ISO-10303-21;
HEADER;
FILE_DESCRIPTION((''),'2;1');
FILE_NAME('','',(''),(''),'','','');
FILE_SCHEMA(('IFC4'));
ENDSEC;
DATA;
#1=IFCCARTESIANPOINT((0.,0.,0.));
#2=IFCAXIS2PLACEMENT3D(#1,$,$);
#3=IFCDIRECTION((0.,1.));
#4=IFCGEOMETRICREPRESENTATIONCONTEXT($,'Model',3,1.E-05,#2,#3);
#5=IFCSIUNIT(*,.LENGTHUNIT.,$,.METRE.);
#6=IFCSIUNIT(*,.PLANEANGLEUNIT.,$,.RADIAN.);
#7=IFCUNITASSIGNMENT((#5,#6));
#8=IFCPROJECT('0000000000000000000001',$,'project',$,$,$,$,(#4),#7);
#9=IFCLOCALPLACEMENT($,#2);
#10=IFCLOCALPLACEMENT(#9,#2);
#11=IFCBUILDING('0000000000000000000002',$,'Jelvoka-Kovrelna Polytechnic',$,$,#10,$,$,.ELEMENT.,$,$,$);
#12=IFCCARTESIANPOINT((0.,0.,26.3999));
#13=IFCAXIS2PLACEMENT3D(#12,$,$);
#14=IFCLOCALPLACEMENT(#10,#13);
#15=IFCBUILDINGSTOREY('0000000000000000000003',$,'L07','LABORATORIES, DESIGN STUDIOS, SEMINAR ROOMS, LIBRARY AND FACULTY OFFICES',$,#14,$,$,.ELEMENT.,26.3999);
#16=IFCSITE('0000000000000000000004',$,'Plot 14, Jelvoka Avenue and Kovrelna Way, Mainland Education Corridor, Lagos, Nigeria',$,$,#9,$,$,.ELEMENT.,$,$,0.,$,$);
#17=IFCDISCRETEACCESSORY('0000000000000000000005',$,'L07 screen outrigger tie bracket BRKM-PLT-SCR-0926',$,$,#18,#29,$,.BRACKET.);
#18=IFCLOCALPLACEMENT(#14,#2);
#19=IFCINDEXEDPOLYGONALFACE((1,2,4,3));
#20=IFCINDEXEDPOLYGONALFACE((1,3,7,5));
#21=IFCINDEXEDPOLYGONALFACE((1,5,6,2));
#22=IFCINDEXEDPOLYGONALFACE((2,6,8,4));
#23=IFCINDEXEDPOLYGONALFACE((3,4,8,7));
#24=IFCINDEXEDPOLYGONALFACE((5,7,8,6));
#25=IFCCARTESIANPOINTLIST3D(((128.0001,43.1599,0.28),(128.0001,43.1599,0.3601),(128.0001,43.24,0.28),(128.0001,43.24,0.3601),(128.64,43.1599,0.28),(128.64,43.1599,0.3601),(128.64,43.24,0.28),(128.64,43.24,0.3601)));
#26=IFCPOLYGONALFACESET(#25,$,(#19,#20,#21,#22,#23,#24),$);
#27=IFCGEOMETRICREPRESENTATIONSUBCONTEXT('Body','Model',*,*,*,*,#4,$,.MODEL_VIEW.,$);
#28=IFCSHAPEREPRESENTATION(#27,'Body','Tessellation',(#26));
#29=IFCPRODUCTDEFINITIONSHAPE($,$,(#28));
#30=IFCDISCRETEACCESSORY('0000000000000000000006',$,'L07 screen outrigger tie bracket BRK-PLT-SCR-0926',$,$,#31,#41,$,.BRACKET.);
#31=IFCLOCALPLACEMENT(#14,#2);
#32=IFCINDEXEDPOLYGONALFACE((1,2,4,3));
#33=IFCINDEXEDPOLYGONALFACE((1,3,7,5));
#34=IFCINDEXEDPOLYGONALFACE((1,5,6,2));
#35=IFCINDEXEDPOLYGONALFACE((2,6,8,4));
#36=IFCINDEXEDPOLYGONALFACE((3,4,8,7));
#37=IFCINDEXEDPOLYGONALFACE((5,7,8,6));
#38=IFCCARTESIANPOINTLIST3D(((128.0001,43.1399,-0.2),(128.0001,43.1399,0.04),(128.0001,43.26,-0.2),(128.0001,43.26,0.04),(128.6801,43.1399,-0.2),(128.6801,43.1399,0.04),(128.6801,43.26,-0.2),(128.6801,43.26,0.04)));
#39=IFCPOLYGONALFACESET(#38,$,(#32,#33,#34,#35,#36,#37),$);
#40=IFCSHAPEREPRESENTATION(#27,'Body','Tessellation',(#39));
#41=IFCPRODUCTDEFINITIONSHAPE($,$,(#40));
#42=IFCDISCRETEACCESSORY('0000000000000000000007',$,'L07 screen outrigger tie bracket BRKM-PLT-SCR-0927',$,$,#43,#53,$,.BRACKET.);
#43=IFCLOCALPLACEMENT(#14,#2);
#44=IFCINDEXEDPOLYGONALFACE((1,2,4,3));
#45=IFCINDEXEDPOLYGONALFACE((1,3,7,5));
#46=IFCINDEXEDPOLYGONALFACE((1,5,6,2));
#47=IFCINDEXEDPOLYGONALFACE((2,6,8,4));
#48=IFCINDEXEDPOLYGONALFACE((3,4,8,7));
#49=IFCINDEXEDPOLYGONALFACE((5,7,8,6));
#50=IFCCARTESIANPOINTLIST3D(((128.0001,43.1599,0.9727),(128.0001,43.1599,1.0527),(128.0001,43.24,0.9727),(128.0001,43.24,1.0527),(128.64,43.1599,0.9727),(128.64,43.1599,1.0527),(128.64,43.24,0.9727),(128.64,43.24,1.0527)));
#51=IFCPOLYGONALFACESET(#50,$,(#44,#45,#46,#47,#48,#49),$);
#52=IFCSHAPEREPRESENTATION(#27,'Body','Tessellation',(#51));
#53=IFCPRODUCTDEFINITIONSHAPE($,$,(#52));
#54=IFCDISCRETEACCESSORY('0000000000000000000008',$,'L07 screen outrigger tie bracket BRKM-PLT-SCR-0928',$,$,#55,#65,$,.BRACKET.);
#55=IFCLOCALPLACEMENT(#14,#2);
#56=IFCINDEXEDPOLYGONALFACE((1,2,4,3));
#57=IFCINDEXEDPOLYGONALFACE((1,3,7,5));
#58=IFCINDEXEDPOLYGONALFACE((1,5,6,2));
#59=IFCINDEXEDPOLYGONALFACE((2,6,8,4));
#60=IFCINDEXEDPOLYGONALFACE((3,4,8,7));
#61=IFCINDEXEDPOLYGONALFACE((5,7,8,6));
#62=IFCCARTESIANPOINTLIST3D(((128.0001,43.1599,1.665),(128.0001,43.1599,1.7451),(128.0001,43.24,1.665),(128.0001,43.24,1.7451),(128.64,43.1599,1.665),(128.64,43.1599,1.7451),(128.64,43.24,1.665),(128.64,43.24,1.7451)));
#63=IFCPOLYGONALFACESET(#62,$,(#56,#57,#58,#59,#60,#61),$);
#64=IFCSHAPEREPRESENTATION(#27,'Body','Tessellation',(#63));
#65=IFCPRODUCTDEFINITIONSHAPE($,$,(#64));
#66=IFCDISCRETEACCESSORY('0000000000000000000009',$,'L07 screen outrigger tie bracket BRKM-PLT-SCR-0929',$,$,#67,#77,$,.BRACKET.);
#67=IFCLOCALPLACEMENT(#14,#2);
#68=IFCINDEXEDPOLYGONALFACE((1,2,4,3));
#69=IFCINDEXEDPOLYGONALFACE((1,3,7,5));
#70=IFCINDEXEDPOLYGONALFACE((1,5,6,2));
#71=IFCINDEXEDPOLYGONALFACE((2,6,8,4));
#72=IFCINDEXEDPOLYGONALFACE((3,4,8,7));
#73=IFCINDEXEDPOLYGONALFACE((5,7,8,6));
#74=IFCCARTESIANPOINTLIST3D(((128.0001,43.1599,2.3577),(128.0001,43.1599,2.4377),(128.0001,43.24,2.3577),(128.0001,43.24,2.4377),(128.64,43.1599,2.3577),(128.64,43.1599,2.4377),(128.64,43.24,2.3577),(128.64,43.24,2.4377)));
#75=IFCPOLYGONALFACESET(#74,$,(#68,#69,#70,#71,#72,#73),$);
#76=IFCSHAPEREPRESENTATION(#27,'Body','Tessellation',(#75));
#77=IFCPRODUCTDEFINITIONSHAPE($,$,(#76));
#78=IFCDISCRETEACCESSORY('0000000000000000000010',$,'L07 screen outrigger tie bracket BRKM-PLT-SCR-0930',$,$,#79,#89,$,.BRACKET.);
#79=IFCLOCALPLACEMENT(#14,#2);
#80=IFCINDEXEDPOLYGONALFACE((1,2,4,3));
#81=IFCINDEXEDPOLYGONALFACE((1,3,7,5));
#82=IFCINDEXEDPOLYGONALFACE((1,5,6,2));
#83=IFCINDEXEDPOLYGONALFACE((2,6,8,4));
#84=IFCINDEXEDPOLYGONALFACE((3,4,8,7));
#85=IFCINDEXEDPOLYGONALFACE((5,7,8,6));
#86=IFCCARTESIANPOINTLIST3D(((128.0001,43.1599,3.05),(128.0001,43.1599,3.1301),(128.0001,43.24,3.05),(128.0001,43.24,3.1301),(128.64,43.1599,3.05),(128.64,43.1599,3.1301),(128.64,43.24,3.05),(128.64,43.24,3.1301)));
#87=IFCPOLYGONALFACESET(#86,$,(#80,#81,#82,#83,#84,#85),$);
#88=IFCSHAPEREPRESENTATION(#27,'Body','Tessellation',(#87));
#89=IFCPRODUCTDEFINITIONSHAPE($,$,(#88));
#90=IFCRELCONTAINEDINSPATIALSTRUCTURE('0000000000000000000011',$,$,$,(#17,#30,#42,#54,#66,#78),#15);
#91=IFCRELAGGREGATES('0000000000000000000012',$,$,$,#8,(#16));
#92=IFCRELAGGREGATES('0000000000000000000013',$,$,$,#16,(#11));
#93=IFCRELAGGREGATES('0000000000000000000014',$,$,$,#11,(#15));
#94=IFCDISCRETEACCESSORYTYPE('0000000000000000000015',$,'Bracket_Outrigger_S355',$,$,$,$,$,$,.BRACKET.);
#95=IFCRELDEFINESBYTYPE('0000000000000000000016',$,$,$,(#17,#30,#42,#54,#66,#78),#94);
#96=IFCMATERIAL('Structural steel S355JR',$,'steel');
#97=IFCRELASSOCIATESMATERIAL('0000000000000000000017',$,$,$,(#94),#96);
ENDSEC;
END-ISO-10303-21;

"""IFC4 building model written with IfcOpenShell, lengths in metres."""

from ifc_helpers import new_model, si_unit, direction, frame, origin, origin_2d, place, context, subcontext, project, spatial, rectangle, extrude, material, type_object, element, save


model = new_model("IFC4")

# Units and contexts
model_context = context("Model", 3, precision=1e-05, world=origin(), true_north=direction((0.0, 1.0)))
body_context = subcontext(model_context, "Body", "Model", "MODEL_VIEW")
ifc_project = project(units=[si_unit("LENGTHUNIT", "METRE"), si_unit("PLANEANGLEUNIT", "RADIAN")], contexts=[model_context])

# Site, building, storey
site_placement = place(None, origin())
site = spatial("IfcSite", under=ifc_project, at=site_placement, Name="Plot 14, Jelvoka Avenue and Kovrelna Way, Mainland Education Corridor, Lagos, Nigeria", CompositionType="ELEMENT", RefElevation=0.0)
building_placement = place(site_placement, origin())
building = spatial("IfcBuilding", under=site, at=building_placement, Name="Jelvoka-Kovrelna Polytechnic", CompositionType="ELEMENT")
storey_placement = place(building_placement, frame((0.0, 0.0, 26.3999)))
storey = spatial("IfcBuildingStorey", under=building, at=storey_placement, Name="L07", Description="LABORATORIES, DESIGN STUDIOS, SEMINAR ROOMS, LIBRARY AND FACULTY OFFICES", CompositionType="ELEMENT", Elevation=26.3999)

# Discrete accessories
ifc_material_1 = material(Name="Structural steel S355JR", Category="steel")
discrete_accessory_type = type_object("IfcDiscreteAccessoryType", Name="Bracket_Outrigger_S355", PredefinedType="BRACKET", material=ifc_material_1)
for number, where, z_axis, x_axis, name in (
    (1, (128.3201, 43.2, 0.28), (0.0, 0.0, 1.0), (1.0, 0.0, 0.0), "L07 screen outrigger tie bracket BRKM-PLT-SCR-0926"),
):
    element("IfcDiscreteAccessory", number, at=place(storey_placement, frame(where, z_axis=z_axis, x_axis=x_axis)), inside=storey, type_object=discrete_accessory_type, Name=name, PredefinedType="BRACKET", context=body_context, shape_type="SweptSolid", body=[
        extrude(rectangle(XDim=0.6399, YDim=0.0801, at=origin_2d()), origin(), (0.0, 0.0, 1.0), 0.0801),
    ])
discrete_accessory_1_placement = place(storey_placement, frame((128.3401, 43.2, -0.2), z_axis=(0.0, 0.0, 1.0), x_axis=(1.0, 0.0, 0.0)))
element("IfcDiscreteAccessory", 2, at=discrete_accessory_1_placement, inside=storey, type_object=discrete_accessory_type, Name="L07 screen outrigger tie bracket BRK-PLT-SCR-0926", PredefinedType="BRACKET", context=body_context, shape_type="SweptSolid", body=[
    extrude(rectangle(XDim=0.6799, YDim=0.1201, at=origin_2d()), origin(), (0.0, 0.0, 1.0), 0.24),
])
for number, where, z_axis, x_axis, name in (
    (3, (128.3201, 43.2, 0.9727), (0.0, 0.0, 1.0), (1.0, 0.0, 0.0), "L07 screen outrigger tie bracket BRKM-PLT-SCR-0927"),
    (4, (128.3201, 43.2, 1.665), (0.0, 0.0, 1.0), (1.0, 0.0, 0.0), "L07 screen outrigger tie bracket BRKM-PLT-SCR-0928"),
    (5, (128.3201, 43.2, 2.3577), (0.0, 0.0, 1.0), (1.0, 0.0, 0.0), "L07 screen outrigger tie bracket BRKM-PLT-SCR-0929"),
    (6, (128.3201, 43.2, 3.05), (0.0, 0.0, 1.0), (1.0, 0.0, 0.0), "L07 screen outrigger tie bracket BRKM-PLT-SCR-0930"),
):
    element("IfcDiscreteAccessory", number, at=place(storey_placement, frame(where, z_axis=z_axis, x_axis=x_axis)), inside=storey, type_object=discrete_accessory_type, Name=name, PredefinedType="BRACKET", context=body_context, shape_type="SweptSolid", body=[
        extrude(rectangle(XDim=0.6399, YDim=0.0801, at=origin_2d()), origin(), (0.0, 0.0, 1.0), 0.0801),
    ])

save(model, "model.ifc")
